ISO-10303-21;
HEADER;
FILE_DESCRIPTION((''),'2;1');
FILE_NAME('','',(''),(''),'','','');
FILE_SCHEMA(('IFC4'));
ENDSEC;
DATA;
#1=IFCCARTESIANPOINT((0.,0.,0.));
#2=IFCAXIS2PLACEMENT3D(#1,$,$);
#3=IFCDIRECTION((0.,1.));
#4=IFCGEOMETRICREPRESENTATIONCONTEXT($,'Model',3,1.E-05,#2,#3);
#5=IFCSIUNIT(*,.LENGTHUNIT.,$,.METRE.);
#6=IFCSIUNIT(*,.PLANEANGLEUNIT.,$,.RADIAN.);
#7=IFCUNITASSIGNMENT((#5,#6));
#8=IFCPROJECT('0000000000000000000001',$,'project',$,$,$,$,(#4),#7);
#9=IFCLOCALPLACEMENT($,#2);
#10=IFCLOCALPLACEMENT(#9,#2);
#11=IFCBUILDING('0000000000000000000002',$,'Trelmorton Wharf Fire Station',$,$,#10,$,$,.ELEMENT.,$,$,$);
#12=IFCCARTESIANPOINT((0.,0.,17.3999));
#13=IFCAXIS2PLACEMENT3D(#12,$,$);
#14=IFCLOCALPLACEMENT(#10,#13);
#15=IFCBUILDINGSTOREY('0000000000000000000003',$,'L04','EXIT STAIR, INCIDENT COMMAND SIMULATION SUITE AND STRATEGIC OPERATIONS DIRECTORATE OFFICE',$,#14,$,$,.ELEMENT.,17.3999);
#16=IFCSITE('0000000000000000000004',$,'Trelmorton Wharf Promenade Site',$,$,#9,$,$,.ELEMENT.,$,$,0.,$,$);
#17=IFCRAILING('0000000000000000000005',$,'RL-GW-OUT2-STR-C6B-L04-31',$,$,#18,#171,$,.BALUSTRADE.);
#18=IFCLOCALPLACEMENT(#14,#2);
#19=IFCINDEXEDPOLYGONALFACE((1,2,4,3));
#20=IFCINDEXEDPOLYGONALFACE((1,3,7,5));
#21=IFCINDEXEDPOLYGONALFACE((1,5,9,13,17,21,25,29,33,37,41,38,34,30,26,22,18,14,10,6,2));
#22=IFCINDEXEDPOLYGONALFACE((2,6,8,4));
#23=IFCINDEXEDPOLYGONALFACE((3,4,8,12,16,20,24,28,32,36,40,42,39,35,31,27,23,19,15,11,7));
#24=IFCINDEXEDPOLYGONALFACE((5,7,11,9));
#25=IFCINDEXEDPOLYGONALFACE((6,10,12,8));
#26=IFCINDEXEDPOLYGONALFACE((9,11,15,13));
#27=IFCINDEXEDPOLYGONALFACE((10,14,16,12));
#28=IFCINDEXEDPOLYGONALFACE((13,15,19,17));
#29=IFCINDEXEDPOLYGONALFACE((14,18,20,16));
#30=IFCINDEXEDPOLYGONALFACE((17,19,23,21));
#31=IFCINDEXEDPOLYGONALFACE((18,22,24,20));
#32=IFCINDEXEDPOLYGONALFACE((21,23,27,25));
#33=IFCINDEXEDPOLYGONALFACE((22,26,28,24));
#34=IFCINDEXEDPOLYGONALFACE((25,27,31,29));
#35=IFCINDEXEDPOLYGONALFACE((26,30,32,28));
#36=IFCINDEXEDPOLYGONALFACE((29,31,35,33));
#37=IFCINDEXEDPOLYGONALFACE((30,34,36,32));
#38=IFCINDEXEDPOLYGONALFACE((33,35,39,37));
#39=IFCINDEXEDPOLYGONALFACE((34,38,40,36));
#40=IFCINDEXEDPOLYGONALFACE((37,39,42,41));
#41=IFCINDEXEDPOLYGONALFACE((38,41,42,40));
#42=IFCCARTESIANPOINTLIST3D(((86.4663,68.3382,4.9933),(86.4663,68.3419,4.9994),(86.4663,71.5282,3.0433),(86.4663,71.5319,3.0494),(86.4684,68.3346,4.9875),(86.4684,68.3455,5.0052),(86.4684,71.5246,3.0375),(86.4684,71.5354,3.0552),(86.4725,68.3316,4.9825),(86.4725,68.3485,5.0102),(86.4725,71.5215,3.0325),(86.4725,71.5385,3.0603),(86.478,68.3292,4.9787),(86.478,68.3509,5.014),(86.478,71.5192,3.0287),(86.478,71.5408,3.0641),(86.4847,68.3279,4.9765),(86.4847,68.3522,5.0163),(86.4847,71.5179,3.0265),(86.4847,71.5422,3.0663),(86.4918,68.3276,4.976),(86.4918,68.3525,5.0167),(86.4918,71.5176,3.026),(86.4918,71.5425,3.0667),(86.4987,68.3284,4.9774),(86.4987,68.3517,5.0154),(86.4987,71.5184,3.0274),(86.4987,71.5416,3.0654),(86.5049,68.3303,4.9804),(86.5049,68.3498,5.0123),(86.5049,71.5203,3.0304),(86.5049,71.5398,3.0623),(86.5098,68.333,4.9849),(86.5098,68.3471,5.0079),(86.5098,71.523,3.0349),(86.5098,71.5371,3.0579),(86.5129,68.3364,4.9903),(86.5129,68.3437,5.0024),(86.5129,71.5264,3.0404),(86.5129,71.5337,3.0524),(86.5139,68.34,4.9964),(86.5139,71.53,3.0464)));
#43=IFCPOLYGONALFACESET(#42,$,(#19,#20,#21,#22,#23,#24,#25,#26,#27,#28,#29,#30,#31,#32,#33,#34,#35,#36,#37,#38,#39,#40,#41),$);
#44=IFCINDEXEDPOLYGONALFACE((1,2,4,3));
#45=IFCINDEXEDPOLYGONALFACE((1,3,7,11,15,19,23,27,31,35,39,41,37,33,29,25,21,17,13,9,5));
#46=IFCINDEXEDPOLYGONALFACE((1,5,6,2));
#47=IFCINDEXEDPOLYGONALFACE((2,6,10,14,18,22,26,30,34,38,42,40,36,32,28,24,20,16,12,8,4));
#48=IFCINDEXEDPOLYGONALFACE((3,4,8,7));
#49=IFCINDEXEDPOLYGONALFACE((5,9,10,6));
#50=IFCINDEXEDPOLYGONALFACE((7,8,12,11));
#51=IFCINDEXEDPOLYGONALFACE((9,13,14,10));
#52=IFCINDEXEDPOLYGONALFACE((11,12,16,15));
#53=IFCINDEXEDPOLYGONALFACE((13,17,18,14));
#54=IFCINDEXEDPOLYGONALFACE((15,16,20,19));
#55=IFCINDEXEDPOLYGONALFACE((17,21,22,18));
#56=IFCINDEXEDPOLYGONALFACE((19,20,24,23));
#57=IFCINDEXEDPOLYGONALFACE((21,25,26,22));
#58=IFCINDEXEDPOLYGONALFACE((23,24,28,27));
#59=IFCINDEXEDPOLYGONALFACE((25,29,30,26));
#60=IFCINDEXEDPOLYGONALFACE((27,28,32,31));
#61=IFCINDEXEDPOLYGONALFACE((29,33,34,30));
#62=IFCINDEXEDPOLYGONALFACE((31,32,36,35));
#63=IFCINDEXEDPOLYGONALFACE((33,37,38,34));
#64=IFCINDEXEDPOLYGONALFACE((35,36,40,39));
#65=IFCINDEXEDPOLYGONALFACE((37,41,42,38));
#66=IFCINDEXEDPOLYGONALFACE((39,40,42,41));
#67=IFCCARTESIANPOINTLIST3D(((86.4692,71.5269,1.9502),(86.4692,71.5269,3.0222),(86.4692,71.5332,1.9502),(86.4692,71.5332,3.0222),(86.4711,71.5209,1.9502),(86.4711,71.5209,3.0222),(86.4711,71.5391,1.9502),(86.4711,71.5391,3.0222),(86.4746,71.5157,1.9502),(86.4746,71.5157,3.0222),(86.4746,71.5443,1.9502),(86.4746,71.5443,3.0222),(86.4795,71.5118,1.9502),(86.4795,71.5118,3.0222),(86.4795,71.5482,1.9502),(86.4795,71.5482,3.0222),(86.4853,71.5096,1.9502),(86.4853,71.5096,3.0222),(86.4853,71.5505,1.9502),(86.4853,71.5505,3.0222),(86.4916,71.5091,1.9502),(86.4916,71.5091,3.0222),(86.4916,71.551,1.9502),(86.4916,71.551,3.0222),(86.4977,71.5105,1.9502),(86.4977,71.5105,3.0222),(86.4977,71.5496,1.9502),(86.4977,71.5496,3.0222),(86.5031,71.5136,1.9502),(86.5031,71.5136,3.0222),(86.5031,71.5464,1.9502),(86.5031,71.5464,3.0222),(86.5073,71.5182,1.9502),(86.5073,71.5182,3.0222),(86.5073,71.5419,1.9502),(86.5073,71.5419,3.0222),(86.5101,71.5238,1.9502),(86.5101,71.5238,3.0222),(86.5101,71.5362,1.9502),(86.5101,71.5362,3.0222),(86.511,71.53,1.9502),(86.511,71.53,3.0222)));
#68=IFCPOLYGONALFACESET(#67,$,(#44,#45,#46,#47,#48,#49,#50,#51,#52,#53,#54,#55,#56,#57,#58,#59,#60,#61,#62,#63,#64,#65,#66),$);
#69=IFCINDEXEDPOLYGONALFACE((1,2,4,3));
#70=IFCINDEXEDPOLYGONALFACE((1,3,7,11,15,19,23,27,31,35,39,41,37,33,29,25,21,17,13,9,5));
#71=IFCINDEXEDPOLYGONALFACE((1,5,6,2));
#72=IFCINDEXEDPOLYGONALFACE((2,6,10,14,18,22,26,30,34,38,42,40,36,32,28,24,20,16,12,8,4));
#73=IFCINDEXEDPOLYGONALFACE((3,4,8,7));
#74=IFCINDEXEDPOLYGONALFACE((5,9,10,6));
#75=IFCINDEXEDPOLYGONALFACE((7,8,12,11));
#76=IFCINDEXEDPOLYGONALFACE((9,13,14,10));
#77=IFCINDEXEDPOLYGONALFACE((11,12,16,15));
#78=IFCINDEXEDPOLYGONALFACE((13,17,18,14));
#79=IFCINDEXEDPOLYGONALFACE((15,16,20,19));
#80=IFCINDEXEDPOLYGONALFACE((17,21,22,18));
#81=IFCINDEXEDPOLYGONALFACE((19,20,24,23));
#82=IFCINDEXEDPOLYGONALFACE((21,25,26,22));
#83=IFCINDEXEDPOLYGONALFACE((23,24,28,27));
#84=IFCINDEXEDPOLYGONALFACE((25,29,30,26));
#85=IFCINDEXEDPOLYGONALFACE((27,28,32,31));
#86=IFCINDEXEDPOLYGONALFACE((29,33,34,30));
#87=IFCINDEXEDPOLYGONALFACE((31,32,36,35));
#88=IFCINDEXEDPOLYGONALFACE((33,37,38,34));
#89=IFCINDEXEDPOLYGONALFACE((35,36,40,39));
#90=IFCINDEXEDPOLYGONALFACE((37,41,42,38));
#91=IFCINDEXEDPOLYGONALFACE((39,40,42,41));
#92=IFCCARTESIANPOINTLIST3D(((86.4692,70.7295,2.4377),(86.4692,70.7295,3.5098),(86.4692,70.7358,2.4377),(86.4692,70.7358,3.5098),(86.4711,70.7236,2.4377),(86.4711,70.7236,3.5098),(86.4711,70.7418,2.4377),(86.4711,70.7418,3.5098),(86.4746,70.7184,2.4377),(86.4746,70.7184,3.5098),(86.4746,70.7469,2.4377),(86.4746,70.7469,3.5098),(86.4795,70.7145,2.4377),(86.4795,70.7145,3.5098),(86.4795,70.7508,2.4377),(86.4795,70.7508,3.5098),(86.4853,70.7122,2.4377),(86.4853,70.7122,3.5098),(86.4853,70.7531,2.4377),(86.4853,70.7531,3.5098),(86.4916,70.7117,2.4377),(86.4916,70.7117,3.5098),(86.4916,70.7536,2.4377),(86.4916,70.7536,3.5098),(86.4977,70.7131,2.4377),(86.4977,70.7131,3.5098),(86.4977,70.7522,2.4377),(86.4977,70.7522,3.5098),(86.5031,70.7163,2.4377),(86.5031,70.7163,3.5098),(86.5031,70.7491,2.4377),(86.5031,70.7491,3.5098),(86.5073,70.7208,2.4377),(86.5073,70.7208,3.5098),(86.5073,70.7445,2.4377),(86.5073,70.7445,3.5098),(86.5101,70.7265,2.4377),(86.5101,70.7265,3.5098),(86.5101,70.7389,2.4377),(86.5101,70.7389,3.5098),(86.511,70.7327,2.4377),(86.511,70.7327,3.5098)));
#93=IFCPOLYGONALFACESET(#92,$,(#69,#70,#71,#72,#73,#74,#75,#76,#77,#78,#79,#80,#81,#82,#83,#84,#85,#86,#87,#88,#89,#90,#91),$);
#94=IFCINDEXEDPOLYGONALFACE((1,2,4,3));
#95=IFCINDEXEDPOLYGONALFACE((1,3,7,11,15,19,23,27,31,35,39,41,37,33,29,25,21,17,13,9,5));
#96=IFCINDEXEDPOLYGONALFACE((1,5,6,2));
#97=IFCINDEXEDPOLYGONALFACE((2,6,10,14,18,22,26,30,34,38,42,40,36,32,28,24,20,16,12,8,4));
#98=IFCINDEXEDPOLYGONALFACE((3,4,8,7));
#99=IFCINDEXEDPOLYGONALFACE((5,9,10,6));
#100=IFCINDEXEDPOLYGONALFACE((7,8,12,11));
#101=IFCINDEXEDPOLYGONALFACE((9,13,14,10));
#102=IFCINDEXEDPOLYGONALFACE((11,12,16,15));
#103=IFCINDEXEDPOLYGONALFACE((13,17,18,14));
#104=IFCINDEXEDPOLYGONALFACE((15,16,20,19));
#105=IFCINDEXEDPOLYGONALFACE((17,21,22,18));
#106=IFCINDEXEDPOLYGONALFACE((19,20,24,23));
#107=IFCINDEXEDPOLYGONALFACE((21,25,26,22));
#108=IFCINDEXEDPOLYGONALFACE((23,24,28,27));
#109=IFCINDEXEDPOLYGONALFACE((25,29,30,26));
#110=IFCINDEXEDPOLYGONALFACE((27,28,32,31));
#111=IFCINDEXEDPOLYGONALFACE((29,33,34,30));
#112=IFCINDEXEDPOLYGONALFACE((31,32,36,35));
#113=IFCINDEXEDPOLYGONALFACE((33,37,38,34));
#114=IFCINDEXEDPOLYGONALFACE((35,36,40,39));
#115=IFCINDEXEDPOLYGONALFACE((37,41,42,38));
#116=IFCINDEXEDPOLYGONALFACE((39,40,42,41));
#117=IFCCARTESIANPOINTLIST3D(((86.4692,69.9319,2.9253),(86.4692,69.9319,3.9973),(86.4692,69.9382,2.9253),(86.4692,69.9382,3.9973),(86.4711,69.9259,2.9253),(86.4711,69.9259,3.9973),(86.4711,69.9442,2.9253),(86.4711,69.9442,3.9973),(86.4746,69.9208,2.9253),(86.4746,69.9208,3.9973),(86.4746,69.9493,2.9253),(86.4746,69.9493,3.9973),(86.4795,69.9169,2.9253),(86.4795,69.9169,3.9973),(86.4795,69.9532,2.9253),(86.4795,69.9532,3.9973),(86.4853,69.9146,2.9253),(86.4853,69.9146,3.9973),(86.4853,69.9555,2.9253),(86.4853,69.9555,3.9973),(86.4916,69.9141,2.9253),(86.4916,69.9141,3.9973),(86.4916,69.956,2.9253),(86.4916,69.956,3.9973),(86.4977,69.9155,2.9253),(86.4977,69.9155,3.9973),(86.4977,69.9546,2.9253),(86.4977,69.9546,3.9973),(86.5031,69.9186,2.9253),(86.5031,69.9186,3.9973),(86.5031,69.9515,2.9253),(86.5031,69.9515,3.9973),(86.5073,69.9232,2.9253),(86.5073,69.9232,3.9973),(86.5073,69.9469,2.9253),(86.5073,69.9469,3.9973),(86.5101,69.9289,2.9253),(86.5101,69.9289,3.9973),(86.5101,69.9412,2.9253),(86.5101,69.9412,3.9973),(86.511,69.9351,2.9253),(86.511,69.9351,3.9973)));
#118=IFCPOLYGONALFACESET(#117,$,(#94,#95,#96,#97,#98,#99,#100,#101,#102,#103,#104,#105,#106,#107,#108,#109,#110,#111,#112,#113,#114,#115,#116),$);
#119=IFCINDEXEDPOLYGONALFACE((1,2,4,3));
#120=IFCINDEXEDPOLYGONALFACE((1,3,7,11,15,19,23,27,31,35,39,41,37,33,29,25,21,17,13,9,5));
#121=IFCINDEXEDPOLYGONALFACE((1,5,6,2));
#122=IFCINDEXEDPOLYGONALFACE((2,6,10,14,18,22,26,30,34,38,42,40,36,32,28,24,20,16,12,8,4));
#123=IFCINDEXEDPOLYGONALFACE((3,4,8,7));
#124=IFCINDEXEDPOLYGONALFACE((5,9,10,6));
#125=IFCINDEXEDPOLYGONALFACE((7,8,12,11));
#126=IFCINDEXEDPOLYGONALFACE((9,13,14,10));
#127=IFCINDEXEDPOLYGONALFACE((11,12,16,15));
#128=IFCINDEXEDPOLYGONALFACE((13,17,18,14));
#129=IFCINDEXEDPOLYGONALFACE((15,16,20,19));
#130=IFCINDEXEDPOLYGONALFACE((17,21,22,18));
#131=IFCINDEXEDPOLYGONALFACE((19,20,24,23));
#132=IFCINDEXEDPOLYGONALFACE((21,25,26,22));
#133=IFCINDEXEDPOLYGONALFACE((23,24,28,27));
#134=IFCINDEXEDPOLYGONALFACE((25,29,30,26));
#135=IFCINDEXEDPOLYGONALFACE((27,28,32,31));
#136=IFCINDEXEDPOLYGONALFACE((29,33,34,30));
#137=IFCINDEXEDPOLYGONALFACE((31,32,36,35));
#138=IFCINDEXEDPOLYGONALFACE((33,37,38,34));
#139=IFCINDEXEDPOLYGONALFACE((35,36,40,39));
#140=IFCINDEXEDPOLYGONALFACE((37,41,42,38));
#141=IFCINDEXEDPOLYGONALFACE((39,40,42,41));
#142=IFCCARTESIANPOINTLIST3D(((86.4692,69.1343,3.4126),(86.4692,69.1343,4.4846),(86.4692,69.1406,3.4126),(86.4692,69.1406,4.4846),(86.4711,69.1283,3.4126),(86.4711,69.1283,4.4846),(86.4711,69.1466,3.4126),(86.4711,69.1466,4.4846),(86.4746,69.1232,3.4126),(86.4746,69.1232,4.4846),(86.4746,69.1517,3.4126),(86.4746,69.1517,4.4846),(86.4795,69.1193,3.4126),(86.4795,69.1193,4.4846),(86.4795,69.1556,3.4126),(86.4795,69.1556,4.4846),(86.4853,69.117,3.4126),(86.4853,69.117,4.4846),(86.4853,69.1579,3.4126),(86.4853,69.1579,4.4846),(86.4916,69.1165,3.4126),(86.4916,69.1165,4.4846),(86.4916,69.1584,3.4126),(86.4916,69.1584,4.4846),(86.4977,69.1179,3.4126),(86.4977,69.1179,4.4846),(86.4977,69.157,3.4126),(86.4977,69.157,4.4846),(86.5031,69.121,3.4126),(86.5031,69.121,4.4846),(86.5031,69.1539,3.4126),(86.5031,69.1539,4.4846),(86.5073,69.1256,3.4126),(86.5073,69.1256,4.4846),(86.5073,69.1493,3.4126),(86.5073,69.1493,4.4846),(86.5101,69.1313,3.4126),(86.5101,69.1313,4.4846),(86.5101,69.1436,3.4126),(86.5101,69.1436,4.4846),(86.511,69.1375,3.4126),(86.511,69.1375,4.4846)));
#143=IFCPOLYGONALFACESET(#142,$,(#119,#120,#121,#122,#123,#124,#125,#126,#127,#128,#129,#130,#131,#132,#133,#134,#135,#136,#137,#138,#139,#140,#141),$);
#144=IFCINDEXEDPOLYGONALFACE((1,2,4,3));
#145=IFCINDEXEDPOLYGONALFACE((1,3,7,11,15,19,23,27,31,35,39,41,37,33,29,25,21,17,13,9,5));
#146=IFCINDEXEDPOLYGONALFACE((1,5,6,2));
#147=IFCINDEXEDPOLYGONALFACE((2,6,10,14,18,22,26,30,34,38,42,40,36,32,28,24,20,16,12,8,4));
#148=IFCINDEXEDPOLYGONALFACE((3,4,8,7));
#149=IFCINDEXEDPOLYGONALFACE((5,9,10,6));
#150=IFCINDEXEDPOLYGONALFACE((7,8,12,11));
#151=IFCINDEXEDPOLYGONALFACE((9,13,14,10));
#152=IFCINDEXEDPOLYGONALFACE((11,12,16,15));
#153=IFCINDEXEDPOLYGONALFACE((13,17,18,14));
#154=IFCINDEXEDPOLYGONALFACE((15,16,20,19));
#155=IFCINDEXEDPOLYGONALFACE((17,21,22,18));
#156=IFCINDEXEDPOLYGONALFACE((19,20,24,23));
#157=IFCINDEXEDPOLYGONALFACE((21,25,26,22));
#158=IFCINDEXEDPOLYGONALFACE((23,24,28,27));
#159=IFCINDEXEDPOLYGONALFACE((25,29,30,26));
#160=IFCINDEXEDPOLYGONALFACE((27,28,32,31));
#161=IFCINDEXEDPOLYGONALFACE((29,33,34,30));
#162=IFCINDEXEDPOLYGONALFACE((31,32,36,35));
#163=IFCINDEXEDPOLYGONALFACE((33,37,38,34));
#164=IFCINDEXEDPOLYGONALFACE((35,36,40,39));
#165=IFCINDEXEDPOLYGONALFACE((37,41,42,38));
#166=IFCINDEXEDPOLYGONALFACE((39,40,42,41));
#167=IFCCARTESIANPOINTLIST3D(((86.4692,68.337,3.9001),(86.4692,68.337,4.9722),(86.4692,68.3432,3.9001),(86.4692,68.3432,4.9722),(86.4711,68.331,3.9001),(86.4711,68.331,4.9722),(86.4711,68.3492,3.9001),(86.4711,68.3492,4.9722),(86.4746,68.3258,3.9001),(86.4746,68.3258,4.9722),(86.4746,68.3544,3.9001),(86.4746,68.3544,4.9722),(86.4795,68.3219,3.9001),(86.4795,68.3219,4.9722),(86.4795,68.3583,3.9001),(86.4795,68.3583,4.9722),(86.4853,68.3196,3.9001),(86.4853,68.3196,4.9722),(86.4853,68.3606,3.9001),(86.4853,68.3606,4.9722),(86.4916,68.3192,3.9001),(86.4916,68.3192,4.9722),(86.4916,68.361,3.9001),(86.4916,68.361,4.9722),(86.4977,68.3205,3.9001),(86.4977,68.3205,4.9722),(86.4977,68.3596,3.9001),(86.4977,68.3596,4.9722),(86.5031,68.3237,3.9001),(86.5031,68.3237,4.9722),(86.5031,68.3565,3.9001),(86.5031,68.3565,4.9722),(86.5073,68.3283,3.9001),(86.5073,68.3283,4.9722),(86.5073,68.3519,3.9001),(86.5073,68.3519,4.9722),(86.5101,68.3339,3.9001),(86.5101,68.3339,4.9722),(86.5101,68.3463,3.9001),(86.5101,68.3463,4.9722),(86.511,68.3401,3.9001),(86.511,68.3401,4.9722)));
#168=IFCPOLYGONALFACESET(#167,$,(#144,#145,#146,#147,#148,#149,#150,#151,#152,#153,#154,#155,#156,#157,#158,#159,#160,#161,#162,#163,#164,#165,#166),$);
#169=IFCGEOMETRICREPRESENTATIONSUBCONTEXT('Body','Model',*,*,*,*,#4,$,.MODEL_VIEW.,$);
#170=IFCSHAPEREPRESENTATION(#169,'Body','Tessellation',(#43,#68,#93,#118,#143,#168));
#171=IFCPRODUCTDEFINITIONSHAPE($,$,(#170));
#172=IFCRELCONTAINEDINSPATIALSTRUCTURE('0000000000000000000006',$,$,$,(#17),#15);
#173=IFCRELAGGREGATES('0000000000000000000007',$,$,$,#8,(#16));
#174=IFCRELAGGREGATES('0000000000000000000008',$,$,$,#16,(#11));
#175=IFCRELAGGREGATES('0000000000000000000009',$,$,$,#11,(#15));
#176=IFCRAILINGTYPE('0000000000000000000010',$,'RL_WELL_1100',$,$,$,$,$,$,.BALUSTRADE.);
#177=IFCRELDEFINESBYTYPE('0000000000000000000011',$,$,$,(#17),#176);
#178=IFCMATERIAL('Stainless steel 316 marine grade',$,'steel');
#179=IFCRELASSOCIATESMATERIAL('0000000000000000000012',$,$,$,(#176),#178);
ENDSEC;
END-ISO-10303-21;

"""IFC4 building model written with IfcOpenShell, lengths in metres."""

from ifc_helpers import new_model, si_unit, direction, frame, origin, origin_2d, place, context, subcontext, project, spatial, circle, extrude, material, type_object, element, save


model = new_model("IFC4")

# Units and contexts
model_context = context("Model", 3, precision=1e-05, world=origin(), true_north=direction((0.0, 1.0)))
body_context = subcontext(model_context, "Body", "Model", "MODEL_VIEW")
ifc_project = project(units=[si_unit("LENGTHUNIT", "METRE"), si_unit("PLANEANGLEUNIT", "RADIAN")], contexts=[model_context])

# Site, building, storey
site_placement = place(None, origin())
site = spatial("IfcSite", under=ifc_project, at=site_placement, Name="Trelmorton Wharf Promenade Site", CompositionType="ELEMENT", RefElevation=0.0)
building_placement = place(site_placement, origin())
building = spatial("IfcBuilding", under=site, at=building_placement, Name="Trelmorton Wharf Fire Station", CompositionType="ELEMENT")
storey_placement = place(building_placement, frame((0.0, 0.0, 17.3999)))
storey = spatial("IfcBuildingStorey", under=building, at=storey_placement, Name="L04", Description="EXIT STAIR, INCIDENT COMMAND SIMULATION SUITE AND STRATEGIC OPERATIONS DIRECTORATE OFFICE", CompositionType="ELEMENT", Elevation=17.3999)

# Railing
ifc_material_1 = material(Name="Stainless steel 316 marine grade", Category="steel")
railing_type = type_object("IfcRailingType", Name="RL_WELL_1100", PredefinedType="BALUSTRADE", material=ifc_material_1)
for number, where, name in (
    (1, (86.49, 71.53, 1.9502), "RL-GW-OUT2-STR-C6B-L04-31"),
):
    element("IfcRailing", number, at=place(storey_placement, frame(where)), inside=storey, type_object=railing_type, Name=name, PredefinedType="BALUSTRADE", context=body_context, shape_type="SweptSolid", body=[
        extrude(circle(Radius=0.0239, at=origin_2d()), frame((0.0, 0.0, 1.0962), z_axis=(0.0, -0.853217, 0.521556), x_axis=(1.0, 0.0, 0.0)), (0.0, 0.0, 1.0), 3.7388),
        extrude(circle(Radius=0.021, at=origin_2d()), origin(), (0.0, 0.0, 1.0), 1.072),
        extrude(circle(Radius=0.021, at=origin_2d()), frame((0.0, -0.7974, 0.4875)), (0.0, 0.0, 1.0), 1.072),
        extrude(circle(Radius=0.021, at=origin_2d()), frame((0.0, -1.595, 0.9751)), (0.0, 0.0, 1.0), 1.072),
        extrude(circle(Radius=0.021, at=origin_2d()), frame((0.0, -2.3926, 1.4624)), (0.0, 0.0, 1.0), 1.072),
        extrude(circle(Radius=0.021, at=origin_2d()), frame((0.0, -3.1899, 1.95)), (0.0, 0.0, 1.0), 1.072),
    ])

save(model, "model.ifc")
